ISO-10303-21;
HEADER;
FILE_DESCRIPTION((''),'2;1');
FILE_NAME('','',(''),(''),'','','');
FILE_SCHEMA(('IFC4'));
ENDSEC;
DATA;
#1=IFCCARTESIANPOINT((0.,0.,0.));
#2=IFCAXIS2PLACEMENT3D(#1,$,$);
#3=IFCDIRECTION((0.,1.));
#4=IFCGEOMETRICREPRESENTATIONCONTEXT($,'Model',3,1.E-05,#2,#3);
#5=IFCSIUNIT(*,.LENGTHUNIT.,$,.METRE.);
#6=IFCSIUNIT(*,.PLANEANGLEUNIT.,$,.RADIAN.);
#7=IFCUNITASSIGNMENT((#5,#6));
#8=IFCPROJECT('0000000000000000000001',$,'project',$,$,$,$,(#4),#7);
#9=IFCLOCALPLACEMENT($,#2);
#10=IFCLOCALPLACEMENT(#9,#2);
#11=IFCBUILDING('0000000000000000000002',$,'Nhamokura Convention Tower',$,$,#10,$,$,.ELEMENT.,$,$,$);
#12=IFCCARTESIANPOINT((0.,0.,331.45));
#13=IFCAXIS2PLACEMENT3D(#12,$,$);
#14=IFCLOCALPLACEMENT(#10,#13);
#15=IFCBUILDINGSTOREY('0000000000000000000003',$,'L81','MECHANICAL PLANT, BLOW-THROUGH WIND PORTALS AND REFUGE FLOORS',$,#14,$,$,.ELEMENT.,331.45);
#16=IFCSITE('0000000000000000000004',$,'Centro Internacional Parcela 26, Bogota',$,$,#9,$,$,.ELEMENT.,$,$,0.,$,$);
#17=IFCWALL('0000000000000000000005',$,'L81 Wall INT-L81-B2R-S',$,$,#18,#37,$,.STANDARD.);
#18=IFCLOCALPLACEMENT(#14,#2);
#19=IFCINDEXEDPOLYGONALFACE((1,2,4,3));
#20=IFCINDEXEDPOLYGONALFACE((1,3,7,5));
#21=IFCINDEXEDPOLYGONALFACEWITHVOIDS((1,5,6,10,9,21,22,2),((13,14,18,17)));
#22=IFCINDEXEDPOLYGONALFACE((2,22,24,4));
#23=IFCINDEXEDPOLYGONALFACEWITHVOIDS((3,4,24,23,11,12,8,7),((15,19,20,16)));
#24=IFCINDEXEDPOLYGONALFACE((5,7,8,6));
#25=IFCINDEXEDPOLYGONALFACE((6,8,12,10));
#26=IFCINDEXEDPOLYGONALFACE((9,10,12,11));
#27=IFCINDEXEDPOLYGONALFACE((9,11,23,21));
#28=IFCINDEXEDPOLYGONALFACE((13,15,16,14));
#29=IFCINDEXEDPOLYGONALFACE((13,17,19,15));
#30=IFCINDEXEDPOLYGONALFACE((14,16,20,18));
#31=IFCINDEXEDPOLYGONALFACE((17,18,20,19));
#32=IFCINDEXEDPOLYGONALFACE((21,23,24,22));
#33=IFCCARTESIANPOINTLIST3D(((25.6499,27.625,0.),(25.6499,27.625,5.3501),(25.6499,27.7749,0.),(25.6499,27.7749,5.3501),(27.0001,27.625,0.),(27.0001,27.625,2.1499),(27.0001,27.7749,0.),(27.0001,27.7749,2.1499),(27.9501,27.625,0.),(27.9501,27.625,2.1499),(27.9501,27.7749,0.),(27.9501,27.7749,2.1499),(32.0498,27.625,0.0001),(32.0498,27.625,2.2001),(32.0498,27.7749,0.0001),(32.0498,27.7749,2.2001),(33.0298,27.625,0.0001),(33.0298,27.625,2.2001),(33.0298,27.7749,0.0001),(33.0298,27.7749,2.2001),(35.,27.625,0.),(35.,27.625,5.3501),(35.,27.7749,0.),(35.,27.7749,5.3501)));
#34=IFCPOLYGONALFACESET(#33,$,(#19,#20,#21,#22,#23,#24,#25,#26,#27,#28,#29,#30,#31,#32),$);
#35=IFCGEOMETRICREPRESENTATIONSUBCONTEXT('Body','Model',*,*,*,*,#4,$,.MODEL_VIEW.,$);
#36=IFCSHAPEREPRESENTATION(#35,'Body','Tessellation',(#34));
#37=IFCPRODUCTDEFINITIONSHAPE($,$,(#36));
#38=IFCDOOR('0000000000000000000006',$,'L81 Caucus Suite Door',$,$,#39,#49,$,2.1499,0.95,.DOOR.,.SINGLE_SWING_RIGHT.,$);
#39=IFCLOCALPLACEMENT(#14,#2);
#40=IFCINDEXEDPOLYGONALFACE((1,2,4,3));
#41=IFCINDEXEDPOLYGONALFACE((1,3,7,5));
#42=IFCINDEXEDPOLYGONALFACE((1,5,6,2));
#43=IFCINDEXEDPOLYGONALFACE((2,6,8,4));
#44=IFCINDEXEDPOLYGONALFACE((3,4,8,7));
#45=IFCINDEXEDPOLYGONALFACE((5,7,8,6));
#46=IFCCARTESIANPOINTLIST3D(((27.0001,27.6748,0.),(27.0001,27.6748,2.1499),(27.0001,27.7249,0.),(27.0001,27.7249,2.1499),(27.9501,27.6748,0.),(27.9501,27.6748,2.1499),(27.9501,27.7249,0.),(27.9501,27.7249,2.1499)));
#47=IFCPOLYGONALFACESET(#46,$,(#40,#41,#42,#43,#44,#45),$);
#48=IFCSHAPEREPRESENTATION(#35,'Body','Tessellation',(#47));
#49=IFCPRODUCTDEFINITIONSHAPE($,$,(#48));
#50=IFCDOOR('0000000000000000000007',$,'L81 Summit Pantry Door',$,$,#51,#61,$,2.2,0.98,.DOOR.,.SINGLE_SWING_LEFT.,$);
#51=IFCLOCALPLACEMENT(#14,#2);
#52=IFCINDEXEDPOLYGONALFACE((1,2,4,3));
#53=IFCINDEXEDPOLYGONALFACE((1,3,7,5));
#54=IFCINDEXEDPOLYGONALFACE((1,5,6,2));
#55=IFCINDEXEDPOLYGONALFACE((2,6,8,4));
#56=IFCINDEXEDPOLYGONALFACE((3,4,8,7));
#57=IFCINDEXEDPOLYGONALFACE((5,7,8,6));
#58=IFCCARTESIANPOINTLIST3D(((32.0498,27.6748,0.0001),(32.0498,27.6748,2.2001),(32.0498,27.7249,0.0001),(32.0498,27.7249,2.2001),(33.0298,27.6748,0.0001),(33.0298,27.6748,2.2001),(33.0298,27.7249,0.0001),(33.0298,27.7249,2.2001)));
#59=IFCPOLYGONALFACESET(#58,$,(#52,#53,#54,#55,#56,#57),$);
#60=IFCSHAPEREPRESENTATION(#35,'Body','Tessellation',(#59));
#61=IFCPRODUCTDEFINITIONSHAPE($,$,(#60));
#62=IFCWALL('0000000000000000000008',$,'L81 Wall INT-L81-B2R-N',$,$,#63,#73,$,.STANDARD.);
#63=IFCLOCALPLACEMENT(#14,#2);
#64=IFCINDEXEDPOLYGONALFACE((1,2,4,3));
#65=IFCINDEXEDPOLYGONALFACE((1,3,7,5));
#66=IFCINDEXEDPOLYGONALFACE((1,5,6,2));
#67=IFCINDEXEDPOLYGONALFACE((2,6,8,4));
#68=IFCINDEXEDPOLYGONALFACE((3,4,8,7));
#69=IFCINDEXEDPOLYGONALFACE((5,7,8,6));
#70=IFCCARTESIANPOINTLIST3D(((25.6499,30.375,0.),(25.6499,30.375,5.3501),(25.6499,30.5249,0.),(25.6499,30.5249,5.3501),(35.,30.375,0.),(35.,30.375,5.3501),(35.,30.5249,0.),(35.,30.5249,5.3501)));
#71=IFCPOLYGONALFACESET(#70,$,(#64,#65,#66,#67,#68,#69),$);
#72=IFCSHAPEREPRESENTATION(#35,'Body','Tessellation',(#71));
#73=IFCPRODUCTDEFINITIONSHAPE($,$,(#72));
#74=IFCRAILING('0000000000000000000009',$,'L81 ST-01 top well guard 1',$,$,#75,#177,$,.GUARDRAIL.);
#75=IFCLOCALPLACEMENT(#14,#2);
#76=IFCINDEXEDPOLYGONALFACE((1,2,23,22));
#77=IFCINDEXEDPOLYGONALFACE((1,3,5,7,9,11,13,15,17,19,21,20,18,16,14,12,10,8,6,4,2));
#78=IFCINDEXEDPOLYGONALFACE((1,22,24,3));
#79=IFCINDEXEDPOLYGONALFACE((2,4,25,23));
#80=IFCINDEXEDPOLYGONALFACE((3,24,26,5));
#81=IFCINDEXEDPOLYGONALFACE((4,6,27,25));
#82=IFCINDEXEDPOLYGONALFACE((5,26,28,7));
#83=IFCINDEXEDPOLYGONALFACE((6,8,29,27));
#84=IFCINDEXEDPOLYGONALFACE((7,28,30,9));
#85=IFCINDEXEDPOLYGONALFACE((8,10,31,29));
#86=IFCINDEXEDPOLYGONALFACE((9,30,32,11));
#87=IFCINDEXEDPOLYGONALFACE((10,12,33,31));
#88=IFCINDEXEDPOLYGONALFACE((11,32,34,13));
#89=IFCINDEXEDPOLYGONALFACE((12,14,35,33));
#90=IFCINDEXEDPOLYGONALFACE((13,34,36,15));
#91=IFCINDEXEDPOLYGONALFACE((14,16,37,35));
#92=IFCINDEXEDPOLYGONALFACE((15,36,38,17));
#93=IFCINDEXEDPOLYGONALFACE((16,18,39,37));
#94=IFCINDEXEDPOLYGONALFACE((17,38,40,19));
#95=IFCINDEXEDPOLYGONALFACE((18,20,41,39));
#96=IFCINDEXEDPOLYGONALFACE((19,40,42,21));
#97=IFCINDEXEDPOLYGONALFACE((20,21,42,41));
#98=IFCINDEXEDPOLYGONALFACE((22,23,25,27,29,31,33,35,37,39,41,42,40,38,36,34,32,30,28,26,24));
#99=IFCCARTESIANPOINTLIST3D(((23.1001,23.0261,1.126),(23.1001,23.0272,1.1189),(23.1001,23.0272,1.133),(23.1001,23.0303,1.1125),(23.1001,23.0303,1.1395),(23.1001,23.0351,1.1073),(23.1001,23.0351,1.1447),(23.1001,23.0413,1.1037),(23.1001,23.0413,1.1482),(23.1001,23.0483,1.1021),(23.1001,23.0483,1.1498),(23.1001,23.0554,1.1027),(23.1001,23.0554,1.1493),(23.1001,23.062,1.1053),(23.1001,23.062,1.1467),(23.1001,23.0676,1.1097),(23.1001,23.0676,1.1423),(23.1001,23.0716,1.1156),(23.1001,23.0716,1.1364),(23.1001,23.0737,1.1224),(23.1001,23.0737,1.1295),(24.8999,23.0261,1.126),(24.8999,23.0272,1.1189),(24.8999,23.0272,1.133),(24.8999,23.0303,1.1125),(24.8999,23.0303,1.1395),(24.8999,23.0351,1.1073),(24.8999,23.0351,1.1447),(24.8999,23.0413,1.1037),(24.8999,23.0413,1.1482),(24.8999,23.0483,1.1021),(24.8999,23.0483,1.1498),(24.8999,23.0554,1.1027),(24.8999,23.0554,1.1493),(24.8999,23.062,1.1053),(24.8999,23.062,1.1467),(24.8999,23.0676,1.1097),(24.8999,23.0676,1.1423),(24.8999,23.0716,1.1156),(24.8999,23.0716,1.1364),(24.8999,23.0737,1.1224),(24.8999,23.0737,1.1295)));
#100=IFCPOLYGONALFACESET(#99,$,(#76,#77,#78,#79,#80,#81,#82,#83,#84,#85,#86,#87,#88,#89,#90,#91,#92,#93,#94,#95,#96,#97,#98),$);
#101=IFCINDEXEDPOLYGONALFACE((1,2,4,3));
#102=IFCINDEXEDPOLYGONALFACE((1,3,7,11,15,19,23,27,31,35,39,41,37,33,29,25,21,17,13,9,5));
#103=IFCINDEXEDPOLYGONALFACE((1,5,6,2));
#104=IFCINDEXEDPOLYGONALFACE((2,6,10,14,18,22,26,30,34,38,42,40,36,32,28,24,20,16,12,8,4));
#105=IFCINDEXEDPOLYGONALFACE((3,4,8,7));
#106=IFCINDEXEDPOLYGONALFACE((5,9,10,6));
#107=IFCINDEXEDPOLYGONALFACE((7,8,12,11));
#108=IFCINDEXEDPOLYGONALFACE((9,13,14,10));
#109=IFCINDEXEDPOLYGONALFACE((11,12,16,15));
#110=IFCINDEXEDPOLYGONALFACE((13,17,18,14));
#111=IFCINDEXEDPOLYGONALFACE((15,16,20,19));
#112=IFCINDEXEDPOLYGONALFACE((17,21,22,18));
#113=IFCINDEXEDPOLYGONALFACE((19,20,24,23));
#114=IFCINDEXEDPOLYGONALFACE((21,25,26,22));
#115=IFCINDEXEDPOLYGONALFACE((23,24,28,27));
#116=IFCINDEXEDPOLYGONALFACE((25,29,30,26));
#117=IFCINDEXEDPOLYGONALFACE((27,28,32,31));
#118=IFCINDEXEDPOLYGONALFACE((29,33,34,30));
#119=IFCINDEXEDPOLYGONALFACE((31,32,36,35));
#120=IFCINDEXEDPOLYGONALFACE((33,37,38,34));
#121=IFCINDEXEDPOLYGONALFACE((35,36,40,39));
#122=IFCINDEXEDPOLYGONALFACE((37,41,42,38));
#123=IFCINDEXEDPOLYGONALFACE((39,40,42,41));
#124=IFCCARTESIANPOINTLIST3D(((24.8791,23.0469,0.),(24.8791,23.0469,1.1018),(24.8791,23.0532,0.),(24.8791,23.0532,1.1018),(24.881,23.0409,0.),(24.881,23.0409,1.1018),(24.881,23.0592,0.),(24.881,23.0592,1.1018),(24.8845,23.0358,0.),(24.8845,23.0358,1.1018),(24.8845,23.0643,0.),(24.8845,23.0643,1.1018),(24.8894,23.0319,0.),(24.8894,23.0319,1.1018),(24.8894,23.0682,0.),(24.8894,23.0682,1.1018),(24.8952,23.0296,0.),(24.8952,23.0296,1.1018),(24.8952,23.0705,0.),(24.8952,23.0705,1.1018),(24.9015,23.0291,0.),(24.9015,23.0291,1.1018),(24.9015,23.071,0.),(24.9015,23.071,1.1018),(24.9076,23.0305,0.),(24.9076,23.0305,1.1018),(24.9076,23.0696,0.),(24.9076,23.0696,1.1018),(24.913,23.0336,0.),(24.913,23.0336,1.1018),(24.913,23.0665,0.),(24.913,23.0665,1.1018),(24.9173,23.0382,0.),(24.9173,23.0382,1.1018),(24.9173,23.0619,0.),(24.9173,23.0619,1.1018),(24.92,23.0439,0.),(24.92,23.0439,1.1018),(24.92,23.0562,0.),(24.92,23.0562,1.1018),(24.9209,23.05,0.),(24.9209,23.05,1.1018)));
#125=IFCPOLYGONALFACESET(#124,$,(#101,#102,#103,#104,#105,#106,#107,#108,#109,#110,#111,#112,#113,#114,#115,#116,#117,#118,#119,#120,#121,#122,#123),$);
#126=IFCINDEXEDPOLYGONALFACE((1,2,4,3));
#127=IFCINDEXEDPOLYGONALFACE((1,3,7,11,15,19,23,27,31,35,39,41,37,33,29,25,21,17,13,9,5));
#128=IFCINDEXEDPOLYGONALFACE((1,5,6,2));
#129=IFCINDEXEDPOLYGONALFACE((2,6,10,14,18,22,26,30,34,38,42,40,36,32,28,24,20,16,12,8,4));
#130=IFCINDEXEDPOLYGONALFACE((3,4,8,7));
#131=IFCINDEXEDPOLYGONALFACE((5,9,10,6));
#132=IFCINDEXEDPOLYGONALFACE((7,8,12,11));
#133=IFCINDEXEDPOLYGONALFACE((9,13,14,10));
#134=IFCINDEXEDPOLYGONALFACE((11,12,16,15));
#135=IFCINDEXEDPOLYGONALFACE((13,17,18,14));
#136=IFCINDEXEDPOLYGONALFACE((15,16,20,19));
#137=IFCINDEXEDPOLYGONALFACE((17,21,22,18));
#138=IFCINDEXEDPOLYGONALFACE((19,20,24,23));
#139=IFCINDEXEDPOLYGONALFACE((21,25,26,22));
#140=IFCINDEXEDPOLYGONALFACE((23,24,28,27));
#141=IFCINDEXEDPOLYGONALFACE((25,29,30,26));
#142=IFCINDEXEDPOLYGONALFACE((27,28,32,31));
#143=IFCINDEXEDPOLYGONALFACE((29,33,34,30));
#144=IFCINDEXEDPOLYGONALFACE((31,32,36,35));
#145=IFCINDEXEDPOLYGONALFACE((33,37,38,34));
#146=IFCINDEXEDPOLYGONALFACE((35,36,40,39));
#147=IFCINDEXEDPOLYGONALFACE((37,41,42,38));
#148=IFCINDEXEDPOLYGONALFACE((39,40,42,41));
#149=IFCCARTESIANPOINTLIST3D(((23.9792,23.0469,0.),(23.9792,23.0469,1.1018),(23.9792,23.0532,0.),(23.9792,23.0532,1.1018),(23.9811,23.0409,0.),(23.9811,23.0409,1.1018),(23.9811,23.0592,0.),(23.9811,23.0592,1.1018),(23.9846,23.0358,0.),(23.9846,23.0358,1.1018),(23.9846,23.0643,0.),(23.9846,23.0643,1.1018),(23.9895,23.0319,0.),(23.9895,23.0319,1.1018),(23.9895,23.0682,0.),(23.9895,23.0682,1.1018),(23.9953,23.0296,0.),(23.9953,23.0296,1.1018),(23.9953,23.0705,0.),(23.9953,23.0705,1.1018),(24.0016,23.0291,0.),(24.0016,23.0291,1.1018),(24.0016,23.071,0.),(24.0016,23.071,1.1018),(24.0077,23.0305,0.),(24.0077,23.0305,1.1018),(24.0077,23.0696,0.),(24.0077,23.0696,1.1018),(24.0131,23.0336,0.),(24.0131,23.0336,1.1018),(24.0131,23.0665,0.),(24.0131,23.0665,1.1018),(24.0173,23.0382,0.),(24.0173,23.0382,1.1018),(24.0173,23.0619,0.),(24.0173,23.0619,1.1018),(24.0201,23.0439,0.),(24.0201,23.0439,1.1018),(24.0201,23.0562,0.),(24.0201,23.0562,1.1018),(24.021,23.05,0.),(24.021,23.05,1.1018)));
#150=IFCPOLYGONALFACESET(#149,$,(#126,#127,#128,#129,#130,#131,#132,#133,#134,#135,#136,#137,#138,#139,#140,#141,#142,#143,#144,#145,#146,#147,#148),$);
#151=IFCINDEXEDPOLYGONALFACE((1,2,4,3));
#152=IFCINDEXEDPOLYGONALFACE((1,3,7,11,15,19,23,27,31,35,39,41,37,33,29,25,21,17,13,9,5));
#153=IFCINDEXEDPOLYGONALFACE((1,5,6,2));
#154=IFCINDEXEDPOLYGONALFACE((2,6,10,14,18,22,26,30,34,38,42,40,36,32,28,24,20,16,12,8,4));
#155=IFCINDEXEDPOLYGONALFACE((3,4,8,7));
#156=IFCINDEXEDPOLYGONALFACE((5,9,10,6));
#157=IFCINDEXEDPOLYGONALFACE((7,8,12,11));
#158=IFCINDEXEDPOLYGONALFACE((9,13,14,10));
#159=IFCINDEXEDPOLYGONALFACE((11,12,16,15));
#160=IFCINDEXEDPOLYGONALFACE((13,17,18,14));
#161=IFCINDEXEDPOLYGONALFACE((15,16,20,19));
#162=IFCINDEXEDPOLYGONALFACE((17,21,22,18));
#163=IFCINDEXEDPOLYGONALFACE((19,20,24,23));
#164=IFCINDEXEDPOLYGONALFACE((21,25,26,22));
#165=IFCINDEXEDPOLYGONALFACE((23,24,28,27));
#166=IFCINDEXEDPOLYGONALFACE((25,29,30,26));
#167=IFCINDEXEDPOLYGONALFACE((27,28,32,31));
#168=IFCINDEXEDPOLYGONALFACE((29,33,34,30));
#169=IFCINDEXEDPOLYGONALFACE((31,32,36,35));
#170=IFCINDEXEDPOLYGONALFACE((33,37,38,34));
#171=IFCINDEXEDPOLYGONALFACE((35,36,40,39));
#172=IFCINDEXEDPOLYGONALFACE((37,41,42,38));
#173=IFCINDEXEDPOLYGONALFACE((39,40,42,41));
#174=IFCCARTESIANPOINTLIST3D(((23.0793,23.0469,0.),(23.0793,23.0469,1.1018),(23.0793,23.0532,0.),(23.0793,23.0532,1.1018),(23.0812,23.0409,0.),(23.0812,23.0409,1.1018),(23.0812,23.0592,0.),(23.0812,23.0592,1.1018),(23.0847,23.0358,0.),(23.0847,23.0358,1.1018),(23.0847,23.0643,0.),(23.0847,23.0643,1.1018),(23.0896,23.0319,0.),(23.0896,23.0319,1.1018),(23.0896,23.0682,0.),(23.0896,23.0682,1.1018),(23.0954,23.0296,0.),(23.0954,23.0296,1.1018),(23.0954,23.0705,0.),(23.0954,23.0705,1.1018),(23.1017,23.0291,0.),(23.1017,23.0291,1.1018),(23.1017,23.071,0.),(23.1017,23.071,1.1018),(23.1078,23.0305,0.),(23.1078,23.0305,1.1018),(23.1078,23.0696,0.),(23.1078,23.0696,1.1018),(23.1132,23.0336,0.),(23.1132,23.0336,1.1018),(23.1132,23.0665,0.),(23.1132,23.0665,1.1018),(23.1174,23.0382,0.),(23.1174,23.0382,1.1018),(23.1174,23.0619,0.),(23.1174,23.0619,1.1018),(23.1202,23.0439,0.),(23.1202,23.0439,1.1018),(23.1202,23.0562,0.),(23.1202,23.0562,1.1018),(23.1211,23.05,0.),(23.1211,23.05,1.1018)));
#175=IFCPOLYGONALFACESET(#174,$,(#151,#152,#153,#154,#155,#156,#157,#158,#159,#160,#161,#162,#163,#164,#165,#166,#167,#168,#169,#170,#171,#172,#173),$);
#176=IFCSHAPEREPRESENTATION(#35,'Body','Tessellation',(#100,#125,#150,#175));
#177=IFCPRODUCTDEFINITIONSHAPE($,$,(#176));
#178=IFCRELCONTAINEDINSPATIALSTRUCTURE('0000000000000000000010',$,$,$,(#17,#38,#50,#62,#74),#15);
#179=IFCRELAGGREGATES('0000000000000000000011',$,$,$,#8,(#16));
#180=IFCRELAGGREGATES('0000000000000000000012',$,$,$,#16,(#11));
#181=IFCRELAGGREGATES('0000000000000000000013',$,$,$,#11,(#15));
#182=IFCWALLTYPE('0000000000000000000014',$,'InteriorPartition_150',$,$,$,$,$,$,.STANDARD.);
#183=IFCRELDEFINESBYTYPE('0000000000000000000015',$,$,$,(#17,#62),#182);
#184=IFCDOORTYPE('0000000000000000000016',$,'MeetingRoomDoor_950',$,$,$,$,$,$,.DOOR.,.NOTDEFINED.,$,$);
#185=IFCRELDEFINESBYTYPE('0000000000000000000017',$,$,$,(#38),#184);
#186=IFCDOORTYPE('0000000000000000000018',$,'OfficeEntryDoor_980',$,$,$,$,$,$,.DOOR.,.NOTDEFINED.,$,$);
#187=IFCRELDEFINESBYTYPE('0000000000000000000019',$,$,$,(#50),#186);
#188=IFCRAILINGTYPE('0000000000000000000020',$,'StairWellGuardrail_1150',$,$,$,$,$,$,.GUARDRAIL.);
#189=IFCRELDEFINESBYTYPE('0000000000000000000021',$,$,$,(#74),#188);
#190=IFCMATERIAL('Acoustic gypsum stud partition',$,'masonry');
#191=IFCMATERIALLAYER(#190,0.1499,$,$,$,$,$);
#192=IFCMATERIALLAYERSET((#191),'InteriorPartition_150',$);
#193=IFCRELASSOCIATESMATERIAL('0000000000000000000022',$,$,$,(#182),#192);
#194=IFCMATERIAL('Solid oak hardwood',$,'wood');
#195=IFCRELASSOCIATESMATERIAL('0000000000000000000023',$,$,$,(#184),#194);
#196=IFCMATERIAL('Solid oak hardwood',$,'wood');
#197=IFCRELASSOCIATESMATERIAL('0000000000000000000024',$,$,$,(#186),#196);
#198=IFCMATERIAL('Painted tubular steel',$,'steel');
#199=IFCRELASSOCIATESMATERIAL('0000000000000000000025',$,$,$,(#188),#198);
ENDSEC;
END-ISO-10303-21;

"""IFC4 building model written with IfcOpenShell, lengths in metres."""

from ifc_helpers import new_model, si_unit, direction, frame, frame_2d, origin, origin_2d, place, context, subcontext, project, spatial, rectangle, circle, extrude, material, layer, layer_set, type_object, element, fill, save


model = new_model("IFC4")

# Units and contexts
model_context = context("Model", 3, precision=1e-05, world=origin(), true_north=direction((0.0, 1.0)))
body_context = subcontext(model_context, "Body", "Model", "MODEL_VIEW")
ifc_project = project(units=[si_unit("LENGTHUNIT", "METRE"), si_unit("PLANEANGLEUNIT", "RADIAN")], contexts=[model_context])

# Site, building, storey
site_placement = place(None, origin())
site = spatial("IfcSite", under=ifc_project, at=site_placement, Name="Centro Internacional Parcela 26, Bogota", CompositionType="ELEMENT", RefElevation=0.0)
building_placement = place(site_placement, origin())
building = spatial("IfcBuilding", under=site, at=building_placement, Name="Nhamokura Convention Tower", CompositionType="ELEMENT")
storey_placement = place(building_placement, frame((0.0, 0.0, 331.45)))
storey = spatial("IfcBuildingStorey", under=building, at=storey_placement, Name="L81", Description="MECHANICAL PLANT, BLOW-THROUGH WIND PORTALS AND REFUGE FLOORS", CompositionType="ELEMENT", Elevation=331.45)

# Wall, openings, doors
ifc_material_1 = material(Name="Acoustic gypsum stud partition", Category="masonry")
ifc_layer_1 = layer(ifc_material_1, 0.1499)
ifc_layer_set_1 = layer_set([ifc_layer_1], Name="InteriorPartition_150")
wall_type_1 = type_object("IfcWallType", Name="InteriorPartition_150", PredefinedType="STANDARD", material=ifc_layer_set_1)
ifc_material_2 = material(Name="Solid oak hardwood", Category="wood")
door_type_1 = type_object("IfcDoorType", Name="MeetingRoomDoor_950", OperationType="NOTDEFINED", PredefinedType="DOOR", material=ifc_material_2)
ifc_material_3 = material(Name="Solid oak hardwood", Category="wood")
door_type_2 = type_object("IfcDoorType", Name="OfficeEntryDoor_980", OperationType="NOTDEFINED", PredefinedType="DOOR", material=ifc_material_3)
wall_1_placement = place(storey_placement, frame((25.6499, 27.7, 0.0), z_axis=(0.0, 0.0, 1.0), x_axis=(1.0, 0.0, 0.0)))
wall_1 = element("IfcWall", 1, at=wall_1_placement, inside=storey, type_object=wall_type_1, Name="L81 Wall INT-L81-B2R-S", PredefinedType="STANDARD", context=body_context, shape_type="SweptSolid", body=[
    extrude(rectangle(XDim=9.3501, YDim=0.1499, at=frame_2d((4.675, 0.0))), origin(), (0.0, 0.0, 1.0), 5.3501),
])
opening_1_placement = place(wall_1_placement, frame((1.3501, 0.0, 0.0)))
opening_1 = element("IfcOpeningElement", 2, at=opening_1_placement, cuts=wall_1, PredefinedType="OPENING", context=body_context, shape_type="SweptSolid", body=[
    extrude(rectangle(XDim=0.95, YDim=2.1499, at=frame_2d((0.4751, 1.075))), frame((0.0, 0.085, 0.0), z_axis=(0.0, -1.0, 0.0), x_axis=(1.0, 0.0, 0.0)), (0.0, 0.0, 1.0), 0.1699),
])
opening_2_placement = place(wall_1_placement, frame((6.3999, 0.0, 0.0)))
opening_2 = element("IfcOpeningElement", 3, at=opening_2_placement, cuts=wall_1, PredefinedType="OPENING", context=body_context, shape_type="SweptSolid", body=[
    extrude(rectangle(XDim=0.98, YDim=2.2, at=frame_2d((0.49, 1.1001))), frame((0.0, 0.085, 0.0), z_axis=(0.0, -1.0, 0.0), x_axis=(1.0, 0.0, 0.0)), (0.0, 0.0, 1.0), 0.1699),
])
door_1_placement = place(opening_1_placement, origin())
door_1 = element("IfcDoor", 4, at=door_1_placement, inside=storey, type_object=door_type_1, Name="L81 Caucus Suite Door", OperationType="SINGLE_SWING_RIGHT", OverallHeight=2.1499, OverallWidth=0.95, PredefinedType="DOOR", context=body_context, shape_type="SweptSolid", body=[
    extrude(rectangle(XDim=0.95, YDim=2.1499, at=frame_2d((0.4751, 1.075))), frame((0.0, 0.0249, 0.0), z_axis=(0.0, -1.0, 0.0), x_axis=(1.0, 0.0, 0.0)), (0.0, 0.0, 1.0), 0.05),
])
fill(opening_1, door_1)
door_2_placement = place(opening_2_placement, origin())
door_2 = element("IfcDoor", 5, at=door_2_placement, inside=storey, type_object=door_type_2, Name="L81 Summit Pantry Door", OperationType="SINGLE_SWING_LEFT", OverallHeight=2.2, OverallWidth=0.98, PredefinedType="DOOR", context=body_context, shape_type="SweptSolid", body=[
    extrude(rectangle(XDim=0.98, YDim=2.2, at=frame_2d((0.49, 1.1001))), frame((0.0, 0.0249, 0.0), z_axis=(0.0, -1.0, 0.0), x_axis=(1.0, 0.0, 0.0)), (0.0, 0.0, 1.0), 0.05),
])
fill(opening_2, door_2)

# Wall
wall_2_placement = place(storey_placement, frame((25.6499, 30.45, 0.0), z_axis=(0.0, 0.0, 1.0), x_axis=(1.0, 0.0, 0.0)))
element("IfcWall", 6, at=wall_2_placement, inside=storey, type_object=wall_type_1, Name="L81 Wall INT-L81-B2R-N", PredefinedType="STANDARD", context=body_context, shape_type="SweptSolid", body=[
    extrude(rectangle(XDim=9.3501, YDim=0.1499, at=frame_2d((4.675, 0.0))), origin(), (0.0, 0.0, 1.0), 5.3501),
])

# Railing
ifc_material_4 = material(Name="Painted tubular steel", Category="steel")
railing_type = type_object("IfcRailingType", Name="StairWellGuardrail_1150", PredefinedType="GUARDRAIL", material=ifc_material_4)
railing_placement = place(storey_placement, frame((24.8999, 23.05, 0.0)))
element("IfcRailing", 7, at=railing_placement, inside=storey, type_object=railing_type, Name="L81 ST-01 top well guard 1", PredefinedType="GUARDRAIL", context=body_context, shape_type="SweptSolid", body=[
    extrude(circle(Radius=0.0239, at=origin_2d()), frame((0.0, 0.0, 1.126), z_axis=(-1.0, 0.0, 0.0), x_axis=(0.0, -1.0, 0.0)), (0.0, 0.0, 1.0), 1.7998),
    extrude(circle(Radius=0.021, at=origin_2d()), origin(), (0.0, 0.0, 1.0), 1.1018),
    extrude(circle(Radius=0.021, at=origin_2d()), frame((-0.8999, 0.0, 0.0)), (0.0, 0.0, 1.0), 1.1018),
    extrude(circle(Radius=0.021, at=origin_2d()), frame((-1.7998, 0.0, 0.0)), (0.0, 0.0, 1.0), 1.1018),
])

save(model, "model.ifc")
